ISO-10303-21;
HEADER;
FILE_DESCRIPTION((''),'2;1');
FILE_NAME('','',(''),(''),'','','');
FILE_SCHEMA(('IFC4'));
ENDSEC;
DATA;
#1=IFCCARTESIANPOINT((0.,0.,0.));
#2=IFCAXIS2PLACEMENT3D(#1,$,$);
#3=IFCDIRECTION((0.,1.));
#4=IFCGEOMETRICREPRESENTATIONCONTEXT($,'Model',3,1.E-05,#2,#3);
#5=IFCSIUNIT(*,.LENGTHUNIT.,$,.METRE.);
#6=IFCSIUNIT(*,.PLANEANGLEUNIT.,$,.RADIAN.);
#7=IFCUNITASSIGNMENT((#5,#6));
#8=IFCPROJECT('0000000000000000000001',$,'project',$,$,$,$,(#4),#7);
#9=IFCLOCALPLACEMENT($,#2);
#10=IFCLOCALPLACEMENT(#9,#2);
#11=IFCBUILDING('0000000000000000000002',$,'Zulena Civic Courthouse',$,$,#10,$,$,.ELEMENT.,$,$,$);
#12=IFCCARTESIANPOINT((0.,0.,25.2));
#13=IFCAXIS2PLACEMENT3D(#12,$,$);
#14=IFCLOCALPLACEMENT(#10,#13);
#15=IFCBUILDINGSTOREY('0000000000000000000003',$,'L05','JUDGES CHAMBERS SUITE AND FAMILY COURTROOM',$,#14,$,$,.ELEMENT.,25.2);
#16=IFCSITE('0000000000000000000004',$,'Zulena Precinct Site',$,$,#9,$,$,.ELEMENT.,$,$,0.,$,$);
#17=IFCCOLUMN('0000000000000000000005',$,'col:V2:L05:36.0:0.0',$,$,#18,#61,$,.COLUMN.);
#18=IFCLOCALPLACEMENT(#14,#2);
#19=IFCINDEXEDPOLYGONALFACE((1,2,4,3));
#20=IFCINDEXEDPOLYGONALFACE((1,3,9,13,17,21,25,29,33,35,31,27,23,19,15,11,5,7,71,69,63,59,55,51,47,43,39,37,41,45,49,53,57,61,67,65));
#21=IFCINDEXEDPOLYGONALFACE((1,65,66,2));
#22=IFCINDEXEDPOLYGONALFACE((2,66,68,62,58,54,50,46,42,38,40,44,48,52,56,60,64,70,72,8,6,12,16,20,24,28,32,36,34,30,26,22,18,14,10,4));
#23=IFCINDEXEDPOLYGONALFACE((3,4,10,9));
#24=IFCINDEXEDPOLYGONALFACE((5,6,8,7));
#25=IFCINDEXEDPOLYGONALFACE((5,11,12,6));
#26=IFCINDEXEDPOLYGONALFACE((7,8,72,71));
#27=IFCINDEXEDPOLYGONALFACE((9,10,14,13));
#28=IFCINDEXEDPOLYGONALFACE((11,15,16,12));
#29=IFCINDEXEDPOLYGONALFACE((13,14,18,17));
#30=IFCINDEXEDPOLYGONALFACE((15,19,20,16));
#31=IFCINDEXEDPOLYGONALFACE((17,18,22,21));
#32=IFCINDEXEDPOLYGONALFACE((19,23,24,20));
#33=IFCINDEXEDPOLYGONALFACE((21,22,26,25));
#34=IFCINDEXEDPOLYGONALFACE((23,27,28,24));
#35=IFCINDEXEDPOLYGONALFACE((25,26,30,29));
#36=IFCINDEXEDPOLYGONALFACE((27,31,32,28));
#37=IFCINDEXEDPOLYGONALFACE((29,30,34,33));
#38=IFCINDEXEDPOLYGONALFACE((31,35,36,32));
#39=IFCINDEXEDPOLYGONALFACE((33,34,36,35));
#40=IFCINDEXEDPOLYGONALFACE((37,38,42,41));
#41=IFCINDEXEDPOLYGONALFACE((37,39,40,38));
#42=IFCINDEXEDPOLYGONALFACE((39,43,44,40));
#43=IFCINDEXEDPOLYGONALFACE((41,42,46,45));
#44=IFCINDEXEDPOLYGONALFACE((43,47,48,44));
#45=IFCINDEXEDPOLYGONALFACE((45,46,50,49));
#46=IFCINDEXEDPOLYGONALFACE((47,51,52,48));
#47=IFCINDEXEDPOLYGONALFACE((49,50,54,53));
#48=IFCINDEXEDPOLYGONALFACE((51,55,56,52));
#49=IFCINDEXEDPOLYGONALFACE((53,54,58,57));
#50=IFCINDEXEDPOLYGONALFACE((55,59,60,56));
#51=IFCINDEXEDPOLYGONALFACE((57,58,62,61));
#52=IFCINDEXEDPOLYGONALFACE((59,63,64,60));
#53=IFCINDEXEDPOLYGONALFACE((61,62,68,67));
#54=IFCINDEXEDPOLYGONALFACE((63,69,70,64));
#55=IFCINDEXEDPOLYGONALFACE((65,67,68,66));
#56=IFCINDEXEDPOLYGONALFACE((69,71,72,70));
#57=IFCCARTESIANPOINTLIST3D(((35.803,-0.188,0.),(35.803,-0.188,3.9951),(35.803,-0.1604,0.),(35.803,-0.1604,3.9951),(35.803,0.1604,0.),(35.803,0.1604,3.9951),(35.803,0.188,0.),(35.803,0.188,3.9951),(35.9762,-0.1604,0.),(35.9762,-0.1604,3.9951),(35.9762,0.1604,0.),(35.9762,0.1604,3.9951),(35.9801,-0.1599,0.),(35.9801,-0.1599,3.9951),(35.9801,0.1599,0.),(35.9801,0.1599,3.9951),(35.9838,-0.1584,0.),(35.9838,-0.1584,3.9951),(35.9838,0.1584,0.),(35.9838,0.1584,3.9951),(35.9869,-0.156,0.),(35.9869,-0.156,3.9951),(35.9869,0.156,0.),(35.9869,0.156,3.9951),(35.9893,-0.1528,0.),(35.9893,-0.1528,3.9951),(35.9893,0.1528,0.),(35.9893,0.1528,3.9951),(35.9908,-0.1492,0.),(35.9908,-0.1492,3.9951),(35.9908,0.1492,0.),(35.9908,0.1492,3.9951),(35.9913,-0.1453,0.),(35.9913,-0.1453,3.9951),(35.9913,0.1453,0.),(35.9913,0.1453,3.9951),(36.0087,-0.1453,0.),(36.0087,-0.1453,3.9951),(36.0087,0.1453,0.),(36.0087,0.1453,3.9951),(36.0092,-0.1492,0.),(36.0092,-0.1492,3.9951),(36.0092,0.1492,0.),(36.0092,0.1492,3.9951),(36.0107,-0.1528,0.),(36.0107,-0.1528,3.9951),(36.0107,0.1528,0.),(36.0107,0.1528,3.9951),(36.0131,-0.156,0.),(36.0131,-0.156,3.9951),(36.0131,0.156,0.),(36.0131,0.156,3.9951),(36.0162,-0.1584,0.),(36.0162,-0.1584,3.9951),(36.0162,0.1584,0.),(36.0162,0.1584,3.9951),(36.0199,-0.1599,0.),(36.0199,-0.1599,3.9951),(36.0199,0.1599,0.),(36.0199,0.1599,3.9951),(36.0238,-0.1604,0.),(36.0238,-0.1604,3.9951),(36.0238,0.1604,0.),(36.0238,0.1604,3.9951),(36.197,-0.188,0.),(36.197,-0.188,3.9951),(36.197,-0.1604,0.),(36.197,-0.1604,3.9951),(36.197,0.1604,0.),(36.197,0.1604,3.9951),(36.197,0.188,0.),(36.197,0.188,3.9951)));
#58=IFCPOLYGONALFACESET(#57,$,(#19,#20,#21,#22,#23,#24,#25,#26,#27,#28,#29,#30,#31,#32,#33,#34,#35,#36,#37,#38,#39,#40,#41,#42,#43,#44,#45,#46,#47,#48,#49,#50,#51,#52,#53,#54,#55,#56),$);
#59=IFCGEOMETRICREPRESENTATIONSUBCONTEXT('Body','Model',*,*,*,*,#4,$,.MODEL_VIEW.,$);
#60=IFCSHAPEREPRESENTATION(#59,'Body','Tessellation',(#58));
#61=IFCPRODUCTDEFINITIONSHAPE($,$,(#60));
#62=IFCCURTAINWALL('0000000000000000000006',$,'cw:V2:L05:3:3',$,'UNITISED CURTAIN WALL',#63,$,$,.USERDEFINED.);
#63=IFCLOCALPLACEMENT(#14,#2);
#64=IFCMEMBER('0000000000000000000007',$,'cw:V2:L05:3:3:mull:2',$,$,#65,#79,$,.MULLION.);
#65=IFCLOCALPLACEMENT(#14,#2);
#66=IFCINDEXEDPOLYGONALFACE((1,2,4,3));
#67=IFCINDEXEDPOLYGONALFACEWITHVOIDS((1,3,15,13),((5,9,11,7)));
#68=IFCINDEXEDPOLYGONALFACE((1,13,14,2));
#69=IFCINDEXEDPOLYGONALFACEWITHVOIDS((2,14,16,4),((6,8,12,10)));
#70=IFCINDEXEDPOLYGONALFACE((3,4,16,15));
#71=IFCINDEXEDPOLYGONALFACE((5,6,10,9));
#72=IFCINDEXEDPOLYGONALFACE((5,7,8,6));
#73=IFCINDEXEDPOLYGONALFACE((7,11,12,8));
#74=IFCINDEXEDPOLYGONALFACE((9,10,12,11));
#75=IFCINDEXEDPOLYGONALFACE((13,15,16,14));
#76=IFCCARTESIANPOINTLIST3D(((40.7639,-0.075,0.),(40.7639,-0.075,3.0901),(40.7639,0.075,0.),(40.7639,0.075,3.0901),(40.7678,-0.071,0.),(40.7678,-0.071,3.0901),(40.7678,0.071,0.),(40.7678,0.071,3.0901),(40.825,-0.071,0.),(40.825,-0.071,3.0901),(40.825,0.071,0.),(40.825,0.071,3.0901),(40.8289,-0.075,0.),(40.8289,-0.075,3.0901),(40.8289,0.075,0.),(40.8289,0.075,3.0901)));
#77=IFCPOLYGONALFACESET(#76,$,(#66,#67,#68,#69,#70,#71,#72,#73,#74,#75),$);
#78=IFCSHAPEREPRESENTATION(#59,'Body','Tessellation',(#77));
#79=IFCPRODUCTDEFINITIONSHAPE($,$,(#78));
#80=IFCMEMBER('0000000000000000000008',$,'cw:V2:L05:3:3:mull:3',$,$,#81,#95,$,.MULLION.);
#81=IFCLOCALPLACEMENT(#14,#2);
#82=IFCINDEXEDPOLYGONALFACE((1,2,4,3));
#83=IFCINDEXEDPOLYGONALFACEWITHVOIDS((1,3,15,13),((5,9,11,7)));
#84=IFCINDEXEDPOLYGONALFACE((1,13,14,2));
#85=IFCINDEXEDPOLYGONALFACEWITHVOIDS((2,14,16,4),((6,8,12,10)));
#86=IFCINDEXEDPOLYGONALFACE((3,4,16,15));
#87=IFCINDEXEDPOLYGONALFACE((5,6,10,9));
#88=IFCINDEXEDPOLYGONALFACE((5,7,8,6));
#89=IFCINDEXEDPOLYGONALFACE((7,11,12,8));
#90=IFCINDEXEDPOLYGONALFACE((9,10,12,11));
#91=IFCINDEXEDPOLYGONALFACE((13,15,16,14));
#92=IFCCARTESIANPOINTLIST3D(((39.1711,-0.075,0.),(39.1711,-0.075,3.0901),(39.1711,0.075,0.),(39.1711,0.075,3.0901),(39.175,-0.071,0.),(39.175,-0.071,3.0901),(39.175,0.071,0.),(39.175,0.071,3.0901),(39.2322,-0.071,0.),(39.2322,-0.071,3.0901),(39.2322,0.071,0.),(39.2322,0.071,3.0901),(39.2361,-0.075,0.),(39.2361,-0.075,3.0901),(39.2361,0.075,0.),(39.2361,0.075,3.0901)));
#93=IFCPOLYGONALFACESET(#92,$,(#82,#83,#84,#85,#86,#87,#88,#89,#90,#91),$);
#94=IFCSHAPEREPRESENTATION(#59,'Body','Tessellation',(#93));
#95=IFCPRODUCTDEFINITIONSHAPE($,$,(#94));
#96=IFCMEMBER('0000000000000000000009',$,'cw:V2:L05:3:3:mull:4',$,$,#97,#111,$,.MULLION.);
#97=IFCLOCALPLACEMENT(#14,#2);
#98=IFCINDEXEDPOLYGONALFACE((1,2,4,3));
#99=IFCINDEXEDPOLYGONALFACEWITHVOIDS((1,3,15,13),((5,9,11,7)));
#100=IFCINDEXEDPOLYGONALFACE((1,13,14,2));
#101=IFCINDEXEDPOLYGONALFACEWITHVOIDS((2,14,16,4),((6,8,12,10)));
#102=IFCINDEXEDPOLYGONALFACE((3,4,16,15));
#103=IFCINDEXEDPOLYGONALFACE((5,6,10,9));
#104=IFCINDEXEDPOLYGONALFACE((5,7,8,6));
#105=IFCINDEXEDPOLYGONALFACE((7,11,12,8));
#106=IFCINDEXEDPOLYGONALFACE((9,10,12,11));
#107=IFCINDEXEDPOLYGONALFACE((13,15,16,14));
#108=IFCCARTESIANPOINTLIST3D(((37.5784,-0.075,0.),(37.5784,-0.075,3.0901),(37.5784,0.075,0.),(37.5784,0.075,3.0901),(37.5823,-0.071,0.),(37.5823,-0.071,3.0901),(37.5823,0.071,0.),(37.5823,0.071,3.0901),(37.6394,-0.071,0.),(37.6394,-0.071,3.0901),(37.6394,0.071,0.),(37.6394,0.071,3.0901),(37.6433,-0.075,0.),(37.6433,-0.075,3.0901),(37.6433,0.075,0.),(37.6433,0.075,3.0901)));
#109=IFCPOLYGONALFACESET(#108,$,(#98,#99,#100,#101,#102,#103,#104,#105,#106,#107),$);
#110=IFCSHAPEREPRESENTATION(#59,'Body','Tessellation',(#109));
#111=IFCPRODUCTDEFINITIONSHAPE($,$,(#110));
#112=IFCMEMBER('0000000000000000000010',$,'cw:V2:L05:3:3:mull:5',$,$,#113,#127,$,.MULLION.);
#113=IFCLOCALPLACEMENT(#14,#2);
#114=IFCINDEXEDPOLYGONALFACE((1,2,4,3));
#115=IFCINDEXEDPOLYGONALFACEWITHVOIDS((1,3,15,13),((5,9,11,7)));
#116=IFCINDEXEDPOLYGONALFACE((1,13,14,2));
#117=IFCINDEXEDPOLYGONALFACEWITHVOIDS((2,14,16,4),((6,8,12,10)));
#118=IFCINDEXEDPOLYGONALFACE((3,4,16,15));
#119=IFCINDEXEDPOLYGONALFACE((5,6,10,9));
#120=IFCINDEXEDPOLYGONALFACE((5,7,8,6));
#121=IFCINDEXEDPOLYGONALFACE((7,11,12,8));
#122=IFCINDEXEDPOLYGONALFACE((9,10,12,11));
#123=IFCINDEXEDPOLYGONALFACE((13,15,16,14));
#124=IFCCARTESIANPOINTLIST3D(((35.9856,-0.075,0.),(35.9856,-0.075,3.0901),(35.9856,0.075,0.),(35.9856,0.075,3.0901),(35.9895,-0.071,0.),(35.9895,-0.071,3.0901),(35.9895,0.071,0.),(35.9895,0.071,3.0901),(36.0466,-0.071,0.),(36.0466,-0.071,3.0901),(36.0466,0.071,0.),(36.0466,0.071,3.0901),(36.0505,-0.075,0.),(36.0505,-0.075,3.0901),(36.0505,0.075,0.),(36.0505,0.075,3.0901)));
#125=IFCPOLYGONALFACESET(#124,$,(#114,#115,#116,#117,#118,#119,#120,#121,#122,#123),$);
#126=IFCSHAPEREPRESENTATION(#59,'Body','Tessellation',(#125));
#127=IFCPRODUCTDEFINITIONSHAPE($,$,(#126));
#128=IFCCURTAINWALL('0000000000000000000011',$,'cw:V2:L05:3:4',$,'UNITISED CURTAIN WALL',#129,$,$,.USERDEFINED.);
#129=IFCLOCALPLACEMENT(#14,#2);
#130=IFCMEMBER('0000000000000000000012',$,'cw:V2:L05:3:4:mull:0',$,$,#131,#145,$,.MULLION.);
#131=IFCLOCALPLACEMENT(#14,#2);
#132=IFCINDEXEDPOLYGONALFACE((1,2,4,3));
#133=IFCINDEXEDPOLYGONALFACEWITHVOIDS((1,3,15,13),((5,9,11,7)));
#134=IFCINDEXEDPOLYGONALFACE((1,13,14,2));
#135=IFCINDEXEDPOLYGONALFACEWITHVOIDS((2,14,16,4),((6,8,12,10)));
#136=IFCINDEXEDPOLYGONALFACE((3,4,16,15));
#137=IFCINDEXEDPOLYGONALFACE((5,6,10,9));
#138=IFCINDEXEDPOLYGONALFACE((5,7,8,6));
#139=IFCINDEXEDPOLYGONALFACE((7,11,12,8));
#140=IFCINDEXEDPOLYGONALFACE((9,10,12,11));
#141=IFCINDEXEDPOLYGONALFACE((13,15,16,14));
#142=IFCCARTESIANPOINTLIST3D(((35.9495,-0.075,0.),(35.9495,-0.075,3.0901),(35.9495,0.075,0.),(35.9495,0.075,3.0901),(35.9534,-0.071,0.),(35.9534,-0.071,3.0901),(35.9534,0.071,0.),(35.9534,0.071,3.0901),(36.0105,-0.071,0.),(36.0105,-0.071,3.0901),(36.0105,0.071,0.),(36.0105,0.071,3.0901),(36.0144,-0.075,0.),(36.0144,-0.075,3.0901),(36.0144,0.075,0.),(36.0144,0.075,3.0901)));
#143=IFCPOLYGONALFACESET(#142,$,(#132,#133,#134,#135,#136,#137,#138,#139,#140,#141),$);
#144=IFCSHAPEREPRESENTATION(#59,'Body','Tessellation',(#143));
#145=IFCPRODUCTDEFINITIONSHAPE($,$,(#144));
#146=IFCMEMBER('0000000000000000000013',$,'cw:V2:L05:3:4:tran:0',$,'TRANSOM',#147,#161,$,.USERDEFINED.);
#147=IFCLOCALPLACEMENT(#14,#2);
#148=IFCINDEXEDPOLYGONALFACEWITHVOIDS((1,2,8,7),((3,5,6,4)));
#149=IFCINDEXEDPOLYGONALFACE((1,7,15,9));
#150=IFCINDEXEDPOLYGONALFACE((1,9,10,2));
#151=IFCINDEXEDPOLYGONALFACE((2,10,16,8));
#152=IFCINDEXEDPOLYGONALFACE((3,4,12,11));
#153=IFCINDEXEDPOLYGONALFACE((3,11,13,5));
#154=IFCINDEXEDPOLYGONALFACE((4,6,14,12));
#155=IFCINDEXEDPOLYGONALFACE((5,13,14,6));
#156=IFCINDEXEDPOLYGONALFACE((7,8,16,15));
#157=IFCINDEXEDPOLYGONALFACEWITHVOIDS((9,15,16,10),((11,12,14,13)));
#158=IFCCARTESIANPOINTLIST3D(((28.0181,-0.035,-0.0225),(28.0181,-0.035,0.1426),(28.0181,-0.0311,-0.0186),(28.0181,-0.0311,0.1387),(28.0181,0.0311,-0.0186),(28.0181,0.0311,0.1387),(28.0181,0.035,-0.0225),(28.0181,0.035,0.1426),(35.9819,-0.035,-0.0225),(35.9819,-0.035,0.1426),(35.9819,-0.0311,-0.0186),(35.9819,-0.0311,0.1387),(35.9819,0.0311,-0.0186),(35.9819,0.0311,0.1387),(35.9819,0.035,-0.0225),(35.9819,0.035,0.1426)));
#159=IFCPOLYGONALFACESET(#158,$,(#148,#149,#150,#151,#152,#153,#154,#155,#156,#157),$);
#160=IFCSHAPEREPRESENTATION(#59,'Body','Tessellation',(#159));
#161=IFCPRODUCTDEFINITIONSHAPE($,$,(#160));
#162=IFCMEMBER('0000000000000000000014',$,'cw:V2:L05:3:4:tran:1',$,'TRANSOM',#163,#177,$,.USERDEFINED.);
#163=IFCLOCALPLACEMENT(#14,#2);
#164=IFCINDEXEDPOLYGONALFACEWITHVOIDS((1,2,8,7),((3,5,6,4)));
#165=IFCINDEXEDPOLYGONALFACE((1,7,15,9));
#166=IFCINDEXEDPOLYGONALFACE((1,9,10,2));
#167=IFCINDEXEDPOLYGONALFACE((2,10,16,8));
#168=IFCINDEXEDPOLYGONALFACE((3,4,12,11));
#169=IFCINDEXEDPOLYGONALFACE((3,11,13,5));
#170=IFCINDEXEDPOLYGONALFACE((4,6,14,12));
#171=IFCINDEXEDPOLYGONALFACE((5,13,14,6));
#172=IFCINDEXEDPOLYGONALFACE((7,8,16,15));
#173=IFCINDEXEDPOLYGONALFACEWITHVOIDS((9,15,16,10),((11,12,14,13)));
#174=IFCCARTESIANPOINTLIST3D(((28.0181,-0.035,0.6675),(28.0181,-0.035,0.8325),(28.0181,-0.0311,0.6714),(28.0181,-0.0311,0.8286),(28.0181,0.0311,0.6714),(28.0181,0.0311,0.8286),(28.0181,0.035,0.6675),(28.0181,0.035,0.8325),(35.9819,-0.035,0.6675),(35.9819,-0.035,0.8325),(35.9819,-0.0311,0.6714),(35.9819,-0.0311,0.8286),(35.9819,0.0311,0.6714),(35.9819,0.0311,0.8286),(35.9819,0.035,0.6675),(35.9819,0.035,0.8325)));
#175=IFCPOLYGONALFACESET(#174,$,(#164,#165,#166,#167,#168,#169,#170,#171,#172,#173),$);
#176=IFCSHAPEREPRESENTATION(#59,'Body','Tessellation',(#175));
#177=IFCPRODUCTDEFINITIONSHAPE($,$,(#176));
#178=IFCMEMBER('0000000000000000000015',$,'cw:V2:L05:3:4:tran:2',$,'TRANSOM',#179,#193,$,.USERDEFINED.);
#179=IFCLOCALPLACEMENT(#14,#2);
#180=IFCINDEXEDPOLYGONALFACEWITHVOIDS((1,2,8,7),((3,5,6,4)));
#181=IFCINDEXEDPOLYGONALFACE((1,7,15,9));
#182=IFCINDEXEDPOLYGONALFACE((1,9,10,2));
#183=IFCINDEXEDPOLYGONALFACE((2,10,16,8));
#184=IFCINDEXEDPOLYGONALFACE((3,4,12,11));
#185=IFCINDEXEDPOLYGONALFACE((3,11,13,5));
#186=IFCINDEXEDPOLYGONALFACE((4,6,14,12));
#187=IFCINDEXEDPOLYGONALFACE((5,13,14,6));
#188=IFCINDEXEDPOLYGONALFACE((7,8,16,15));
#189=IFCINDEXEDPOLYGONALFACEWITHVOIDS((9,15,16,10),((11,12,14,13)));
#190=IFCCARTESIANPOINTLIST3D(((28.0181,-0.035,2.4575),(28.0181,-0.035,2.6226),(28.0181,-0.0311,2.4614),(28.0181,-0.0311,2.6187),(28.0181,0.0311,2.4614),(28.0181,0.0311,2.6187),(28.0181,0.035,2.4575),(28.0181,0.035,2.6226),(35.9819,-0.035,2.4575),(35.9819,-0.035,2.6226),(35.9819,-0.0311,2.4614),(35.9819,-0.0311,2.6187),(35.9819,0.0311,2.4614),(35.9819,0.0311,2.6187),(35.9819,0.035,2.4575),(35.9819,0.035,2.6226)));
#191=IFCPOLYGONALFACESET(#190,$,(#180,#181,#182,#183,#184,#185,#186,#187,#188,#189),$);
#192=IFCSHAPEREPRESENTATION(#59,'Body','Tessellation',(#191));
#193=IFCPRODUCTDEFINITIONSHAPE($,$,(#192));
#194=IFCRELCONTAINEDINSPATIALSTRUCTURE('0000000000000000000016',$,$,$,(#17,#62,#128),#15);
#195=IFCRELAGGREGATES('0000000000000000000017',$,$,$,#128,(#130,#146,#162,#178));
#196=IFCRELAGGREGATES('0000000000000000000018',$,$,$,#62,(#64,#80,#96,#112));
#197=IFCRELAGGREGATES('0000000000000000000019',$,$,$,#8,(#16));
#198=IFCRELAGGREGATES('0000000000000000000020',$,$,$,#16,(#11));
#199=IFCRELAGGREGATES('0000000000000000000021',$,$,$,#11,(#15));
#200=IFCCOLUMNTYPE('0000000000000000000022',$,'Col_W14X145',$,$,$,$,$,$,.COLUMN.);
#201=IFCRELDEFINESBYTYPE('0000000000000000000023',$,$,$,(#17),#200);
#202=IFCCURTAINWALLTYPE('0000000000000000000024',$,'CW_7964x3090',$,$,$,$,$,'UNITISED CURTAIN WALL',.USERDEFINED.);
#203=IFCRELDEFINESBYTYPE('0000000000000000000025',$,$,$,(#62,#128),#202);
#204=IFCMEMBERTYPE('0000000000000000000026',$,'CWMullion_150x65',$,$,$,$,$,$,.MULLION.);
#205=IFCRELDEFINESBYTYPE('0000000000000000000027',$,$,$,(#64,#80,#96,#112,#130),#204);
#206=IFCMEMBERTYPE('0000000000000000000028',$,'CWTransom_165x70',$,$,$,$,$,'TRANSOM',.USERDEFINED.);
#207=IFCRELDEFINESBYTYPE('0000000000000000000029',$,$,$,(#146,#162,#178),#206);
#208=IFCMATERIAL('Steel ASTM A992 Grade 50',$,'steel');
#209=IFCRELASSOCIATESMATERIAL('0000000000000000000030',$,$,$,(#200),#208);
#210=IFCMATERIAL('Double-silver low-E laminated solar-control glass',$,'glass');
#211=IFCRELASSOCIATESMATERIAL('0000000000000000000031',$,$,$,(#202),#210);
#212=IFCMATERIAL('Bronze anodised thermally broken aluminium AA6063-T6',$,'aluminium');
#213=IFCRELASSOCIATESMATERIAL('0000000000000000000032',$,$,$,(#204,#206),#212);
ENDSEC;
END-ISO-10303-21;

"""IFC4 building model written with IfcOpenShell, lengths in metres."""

from ifc_helpers import new_model, si_unit, direction, frame, origin, origin_2d, place, context, subcontext, project, spatial, hollow_rectangle, i_section, extrude, material, material_profile, profile_set, type_object, element, aggregate, save


model = new_model("IFC4")

# Units and contexts
model_context = context("Model", 3, precision=1e-05, world=origin(), true_north=direction((0.0, 1.0)))
body_context = subcontext(model_context, "Body", "Model", "MODEL_VIEW")
ifc_project = project(units=[si_unit("LENGTHUNIT", "METRE"), si_unit("PLANEANGLEUNIT", "RADIAN")], contexts=[model_context])

# Site, building, storey
site_placement = place(None, origin())
site = spatial("IfcSite", under=ifc_project, at=site_placement, Name="Zulena Precinct Site", CompositionType="ELEMENT", RefElevation=0.0)
building_placement = place(site_placement, origin())
building = spatial("IfcBuilding", under=site, at=building_placement, Name="Zulena Civic Courthouse", CompositionType="ELEMENT")
storey_placement = place(building_placement, frame((0.0, 0.0, 25.2)))
storey = spatial("IfcBuildingStorey", under=building, at=storey_placement, Name="L05", Description="JUDGES CHAMBERS SUITE AND FAMILY COURTROOM", CompositionType="ELEMENT", Elevation=25.2)

# Column
ifc_material_1 = material(Name="Steel ASTM A992 Grade 50", Category="steel")
ifc_material_profile_1 = material_profile(ifc_material_1, i_section(OverallWidth=0.394, OverallDepth=0.376, WebThickness=0.0173, FlangeThickness=0.0276, FilletRadius=0.0151, at=origin_2d()), Name="W14X145")
ifc_profile_set_1 = profile_set([ifc_material_profile_1], Name="Steel ASTM A992 Grade 50")
column_type = type_object("IfcColumnType", Name="Col_W14X145", PredefinedType="COLUMN", material=ifc_profile_set_1)
column_placement = place(storey_placement, frame((36.0, 0.0, 0.0), z_axis=(0.0, 0.0, 1.0), x_axis=(1.0, 0.0, 0.0)))
element("IfcColumn", 1, at=column_placement, inside=storey, type_object=column_type, Name="col:V2:L05:36.0:0.0", PredefinedType="COLUMN", context=body_context, shape_type="SweptSolid", body=[
    extrude(i_section(OverallWidth=0.394, OverallDepth=0.376, WebThickness=0.0173, FlangeThickness=0.0276, FilletRadius=0.0151, at=origin_2d()), origin(), (0.0, 0.0, 1.0), 3.9951),
])

# Curtain walls, members
ifc_material_2 = material(Name="Double-silver low-E laminated solar-control glass", Category="glass")
curtain_wall_type = type_object("IfcCurtainWallType", Name="CW_7964x3090", ElementType="UNITISED CURTAIN WALL", PredefinedType="USERDEFINED", material=ifc_material_2)
curtain_wall_1_placement = place(storey_placement, origin())
curtain_wall_1 = element("IfcCurtainWall", 2, at=curtain_wall_1_placement, inside=storey, type_object=curtain_wall_type, Name="cw:V2:L05:3:3", ObjectType="UNITISED CURTAIN WALL", PredefinedType="USERDEFINED")
ifc_material_3 = material(Name="Bronze anodised thermally broken aluminium AA6063-T6", Category="aluminium")
ifc_material_profile_2 = material_profile(ifc_material_3, hollow_rectangle(XDim=0.0649, YDim=0.1499, WallThickness=0.0039, at=origin_2d()), Name="CWM150X65X4")
ifc_profile_set_2 = profile_set([ifc_material_profile_2], Name="Bronze anodised thermally broken aluminium AA6063-T6")
member_type_1 = type_object("IfcMemberType", Name="CWMullion_150x65", PredefinedType="MULLION", material=ifc_profile_set_2)
member_1_placement = place(storey_placement, frame((40.7964, 0.0, 0.0), z_axis=(0.0, 0.0, 1.0), x_axis=(1.0, 0.0, 0.0)))
member_1 = element("IfcMember", 3, at=member_1_placement, type_object=member_type_1, Name="cw:V2:L05:3:3:mull:2", PredefinedType="MULLION", context=body_context, shape_type="SweptSolid", body=[
    extrude(hollow_rectangle(XDim=0.0649, YDim=0.1499, WallThickness=0.0039, at=origin_2d()), origin(), (0.0, 0.0, 1.0), 3.0901),
])
member_2_placement = place(storey_placement, frame((39.2036, 0.0, 0.0), z_axis=(0.0, 0.0, 1.0), x_axis=(1.0, 0.0, 0.0)))
member_2 = element("IfcMember", 4, at=member_2_placement, type_object=member_type_1, Name="cw:V2:L05:3:3:mull:3", PredefinedType="MULLION", context=body_context, shape_type="SweptSolid", body=[
    extrude(hollow_rectangle(XDim=0.0649, YDim=0.1499, WallThickness=0.0039, at=origin_2d()), origin(), (0.0, 0.0, 1.0), 3.0901),
])
member_3_placement = place(storey_placement, frame((37.6108, 0.0, 0.0), z_axis=(0.0, 0.0, 1.0), x_axis=(1.0, 0.0, 0.0)))
member_3 = element("IfcMember", 5, at=member_3_placement, type_object=member_type_1, Name="cw:V2:L05:3:3:mull:4", PredefinedType="MULLION", context=body_context, shape_type="SweptSolid", body=[
    extrude(hollow_rectangle(XDim=0.0649, YDim=0.1499, WallThickness=0.0039, at=origin_2d()), origin(), (0.0, 0.0, 1.0), 3.0901),
])
member_4_placement = place(storey_placement, frame((36.0181, 0.0, 0.0), z_axis=(0.0, 0.0, 1.0), x_axis=(1.0, 0.0, 0.0)))
member_4 = element("IfcMember", 6, at=member_4_placement, type_object=member_type_1, Name="cw:V2:L05:3:3:mull:5", PredefinedType="MULLION", context=body_context, shape_type="SweptSolid", body=[
    extrude(hollow_rectangle(XDim=0.0649, YDim=0.1499, WallThickness=0.0039, at=origin_2d()), origin(), (0.0, 0.0, 1.0), 3.0901),
])
curtain_wall_2_placement = place(storey_placement, origin())
curtain_wall_2 = element("IfcCurtainWall", 7, at=curtain_wall_2_placement, inside=storey, type_object=curtain_wall_type, Name="cw:V2:L05:3:4", ObjectType="UNITISED CURTAIN WALL", PredefinedType="USERDEFINED")
member_5_placement = place(storey_placement, frame((35.9819, 0.0, 0.0), z_axis=(0.0, 0.0, 1.0), x_axis=(1.0, 0.0, 0.0)))
member_5 = element("IfcMember", 8, at=member_5_placement, type_object=member_type_1, Name="cw:V2:L05:3:4:mull:0", PredefinedType="MULLION", context=body_context, shape_type="SweptSolid", body=[
    extrude(hollow_rectangle(XDim=0.0649, YDim=0.1499, WallThickness=0.0039, at=origin_2d()), origin(), (0.0, 0.0, 1.0), 3.0901),
])
ifc_material_profile_3 = material_profile(ifc_material_3, hollow_rectangle(XDim=0.0701, YDim=0.165, WallThickness=0.0039, at=origin_2d()), Name="CWT165X70X4")
ifc_profile_set_3 = profile_set([ifc_material_profile_3], Name="Bronze anodised thermally broken aluminium AA6063-T6")
member_type_2 = type_object("IfcMemberType", Name="CWTransom_165x70", ElementType="TRANSOM", PredefinedType="USERDEFINED", material=ifc_profile_set_3)
member_6_placement = place(storey_placement, frame((35.9819, 0.0, 0.0601), z_axis=(-1.0, 0.0, 0.0), x_axis=(0.0, -1.0, 0.0)))
member_6 = element("IfcMember", 9, at=member_6_placement, type_object=member_type_2, Name="cw:V2:L05:3:4:tran:0", ObjectType="TRANSOM", PredefinedType="USERDEFINED", context=body_context, shape_type="SweptSolid", body=[
    extrude(hollow_rectangle(XDim=0.0701, YDim=0.165, WallThickness=0.0039, at=origin_2d()), origin(), (0.0, 0.0, 1.0), 7.9639),
])
member_7_placement = place(storey_placement, frame((35.9819, 0.0, 0.75), z_axis=(-1.0, 0.0, 0.0), x_axis=(0.0, -1.0, 0.0)))
member_7 = element("IfcMember", 10, at=member_7_placement, type_object=member_type_2, Name="cw:V2:L05:3:4:tran:1", ObjectType="TRANSOM", PredefinedType="USERDEFINED", context=body_context, shape_type="SweptSolid", body=[
    extrude(hollow_rectangle(XDim=0.0701, YDim=0.165, WallThickness=0.0039, at=origin_2d()), origin(), (0.0, 0.0, 1.0), 7.9639),
])
member_8_placement = place(storey_placement, frame((35.9819, 0.0, 2.54), z_axis=(-1.0, 0.0, 0.0), x_axis=(0.0, -1.0, 0.0)))
member_8 = element("IfcMember", 11, at=member_8_placement, type_object=member_type_2, Name="cw:V2:L05:3:4:tran:2", ObjectType="TRANSOM", PredefinedType="USERDEFINED", context=body_context, shape_type="SweptSolid", body=[
    extrude(hollow_rectangle(XDim=0.0701, YDim=0.165, WallThickness=0.0039, at=origin_2d()), origin(), (0.0, 0.0, 1.0), 7.9639),
])

aggregate(curtain_wall_2, [member_5, member_6, member_7, member_8])
aggregate(curtain_wall_1, [member_1, member_2, member_3, member_4])

save(model, "model.ifc")
